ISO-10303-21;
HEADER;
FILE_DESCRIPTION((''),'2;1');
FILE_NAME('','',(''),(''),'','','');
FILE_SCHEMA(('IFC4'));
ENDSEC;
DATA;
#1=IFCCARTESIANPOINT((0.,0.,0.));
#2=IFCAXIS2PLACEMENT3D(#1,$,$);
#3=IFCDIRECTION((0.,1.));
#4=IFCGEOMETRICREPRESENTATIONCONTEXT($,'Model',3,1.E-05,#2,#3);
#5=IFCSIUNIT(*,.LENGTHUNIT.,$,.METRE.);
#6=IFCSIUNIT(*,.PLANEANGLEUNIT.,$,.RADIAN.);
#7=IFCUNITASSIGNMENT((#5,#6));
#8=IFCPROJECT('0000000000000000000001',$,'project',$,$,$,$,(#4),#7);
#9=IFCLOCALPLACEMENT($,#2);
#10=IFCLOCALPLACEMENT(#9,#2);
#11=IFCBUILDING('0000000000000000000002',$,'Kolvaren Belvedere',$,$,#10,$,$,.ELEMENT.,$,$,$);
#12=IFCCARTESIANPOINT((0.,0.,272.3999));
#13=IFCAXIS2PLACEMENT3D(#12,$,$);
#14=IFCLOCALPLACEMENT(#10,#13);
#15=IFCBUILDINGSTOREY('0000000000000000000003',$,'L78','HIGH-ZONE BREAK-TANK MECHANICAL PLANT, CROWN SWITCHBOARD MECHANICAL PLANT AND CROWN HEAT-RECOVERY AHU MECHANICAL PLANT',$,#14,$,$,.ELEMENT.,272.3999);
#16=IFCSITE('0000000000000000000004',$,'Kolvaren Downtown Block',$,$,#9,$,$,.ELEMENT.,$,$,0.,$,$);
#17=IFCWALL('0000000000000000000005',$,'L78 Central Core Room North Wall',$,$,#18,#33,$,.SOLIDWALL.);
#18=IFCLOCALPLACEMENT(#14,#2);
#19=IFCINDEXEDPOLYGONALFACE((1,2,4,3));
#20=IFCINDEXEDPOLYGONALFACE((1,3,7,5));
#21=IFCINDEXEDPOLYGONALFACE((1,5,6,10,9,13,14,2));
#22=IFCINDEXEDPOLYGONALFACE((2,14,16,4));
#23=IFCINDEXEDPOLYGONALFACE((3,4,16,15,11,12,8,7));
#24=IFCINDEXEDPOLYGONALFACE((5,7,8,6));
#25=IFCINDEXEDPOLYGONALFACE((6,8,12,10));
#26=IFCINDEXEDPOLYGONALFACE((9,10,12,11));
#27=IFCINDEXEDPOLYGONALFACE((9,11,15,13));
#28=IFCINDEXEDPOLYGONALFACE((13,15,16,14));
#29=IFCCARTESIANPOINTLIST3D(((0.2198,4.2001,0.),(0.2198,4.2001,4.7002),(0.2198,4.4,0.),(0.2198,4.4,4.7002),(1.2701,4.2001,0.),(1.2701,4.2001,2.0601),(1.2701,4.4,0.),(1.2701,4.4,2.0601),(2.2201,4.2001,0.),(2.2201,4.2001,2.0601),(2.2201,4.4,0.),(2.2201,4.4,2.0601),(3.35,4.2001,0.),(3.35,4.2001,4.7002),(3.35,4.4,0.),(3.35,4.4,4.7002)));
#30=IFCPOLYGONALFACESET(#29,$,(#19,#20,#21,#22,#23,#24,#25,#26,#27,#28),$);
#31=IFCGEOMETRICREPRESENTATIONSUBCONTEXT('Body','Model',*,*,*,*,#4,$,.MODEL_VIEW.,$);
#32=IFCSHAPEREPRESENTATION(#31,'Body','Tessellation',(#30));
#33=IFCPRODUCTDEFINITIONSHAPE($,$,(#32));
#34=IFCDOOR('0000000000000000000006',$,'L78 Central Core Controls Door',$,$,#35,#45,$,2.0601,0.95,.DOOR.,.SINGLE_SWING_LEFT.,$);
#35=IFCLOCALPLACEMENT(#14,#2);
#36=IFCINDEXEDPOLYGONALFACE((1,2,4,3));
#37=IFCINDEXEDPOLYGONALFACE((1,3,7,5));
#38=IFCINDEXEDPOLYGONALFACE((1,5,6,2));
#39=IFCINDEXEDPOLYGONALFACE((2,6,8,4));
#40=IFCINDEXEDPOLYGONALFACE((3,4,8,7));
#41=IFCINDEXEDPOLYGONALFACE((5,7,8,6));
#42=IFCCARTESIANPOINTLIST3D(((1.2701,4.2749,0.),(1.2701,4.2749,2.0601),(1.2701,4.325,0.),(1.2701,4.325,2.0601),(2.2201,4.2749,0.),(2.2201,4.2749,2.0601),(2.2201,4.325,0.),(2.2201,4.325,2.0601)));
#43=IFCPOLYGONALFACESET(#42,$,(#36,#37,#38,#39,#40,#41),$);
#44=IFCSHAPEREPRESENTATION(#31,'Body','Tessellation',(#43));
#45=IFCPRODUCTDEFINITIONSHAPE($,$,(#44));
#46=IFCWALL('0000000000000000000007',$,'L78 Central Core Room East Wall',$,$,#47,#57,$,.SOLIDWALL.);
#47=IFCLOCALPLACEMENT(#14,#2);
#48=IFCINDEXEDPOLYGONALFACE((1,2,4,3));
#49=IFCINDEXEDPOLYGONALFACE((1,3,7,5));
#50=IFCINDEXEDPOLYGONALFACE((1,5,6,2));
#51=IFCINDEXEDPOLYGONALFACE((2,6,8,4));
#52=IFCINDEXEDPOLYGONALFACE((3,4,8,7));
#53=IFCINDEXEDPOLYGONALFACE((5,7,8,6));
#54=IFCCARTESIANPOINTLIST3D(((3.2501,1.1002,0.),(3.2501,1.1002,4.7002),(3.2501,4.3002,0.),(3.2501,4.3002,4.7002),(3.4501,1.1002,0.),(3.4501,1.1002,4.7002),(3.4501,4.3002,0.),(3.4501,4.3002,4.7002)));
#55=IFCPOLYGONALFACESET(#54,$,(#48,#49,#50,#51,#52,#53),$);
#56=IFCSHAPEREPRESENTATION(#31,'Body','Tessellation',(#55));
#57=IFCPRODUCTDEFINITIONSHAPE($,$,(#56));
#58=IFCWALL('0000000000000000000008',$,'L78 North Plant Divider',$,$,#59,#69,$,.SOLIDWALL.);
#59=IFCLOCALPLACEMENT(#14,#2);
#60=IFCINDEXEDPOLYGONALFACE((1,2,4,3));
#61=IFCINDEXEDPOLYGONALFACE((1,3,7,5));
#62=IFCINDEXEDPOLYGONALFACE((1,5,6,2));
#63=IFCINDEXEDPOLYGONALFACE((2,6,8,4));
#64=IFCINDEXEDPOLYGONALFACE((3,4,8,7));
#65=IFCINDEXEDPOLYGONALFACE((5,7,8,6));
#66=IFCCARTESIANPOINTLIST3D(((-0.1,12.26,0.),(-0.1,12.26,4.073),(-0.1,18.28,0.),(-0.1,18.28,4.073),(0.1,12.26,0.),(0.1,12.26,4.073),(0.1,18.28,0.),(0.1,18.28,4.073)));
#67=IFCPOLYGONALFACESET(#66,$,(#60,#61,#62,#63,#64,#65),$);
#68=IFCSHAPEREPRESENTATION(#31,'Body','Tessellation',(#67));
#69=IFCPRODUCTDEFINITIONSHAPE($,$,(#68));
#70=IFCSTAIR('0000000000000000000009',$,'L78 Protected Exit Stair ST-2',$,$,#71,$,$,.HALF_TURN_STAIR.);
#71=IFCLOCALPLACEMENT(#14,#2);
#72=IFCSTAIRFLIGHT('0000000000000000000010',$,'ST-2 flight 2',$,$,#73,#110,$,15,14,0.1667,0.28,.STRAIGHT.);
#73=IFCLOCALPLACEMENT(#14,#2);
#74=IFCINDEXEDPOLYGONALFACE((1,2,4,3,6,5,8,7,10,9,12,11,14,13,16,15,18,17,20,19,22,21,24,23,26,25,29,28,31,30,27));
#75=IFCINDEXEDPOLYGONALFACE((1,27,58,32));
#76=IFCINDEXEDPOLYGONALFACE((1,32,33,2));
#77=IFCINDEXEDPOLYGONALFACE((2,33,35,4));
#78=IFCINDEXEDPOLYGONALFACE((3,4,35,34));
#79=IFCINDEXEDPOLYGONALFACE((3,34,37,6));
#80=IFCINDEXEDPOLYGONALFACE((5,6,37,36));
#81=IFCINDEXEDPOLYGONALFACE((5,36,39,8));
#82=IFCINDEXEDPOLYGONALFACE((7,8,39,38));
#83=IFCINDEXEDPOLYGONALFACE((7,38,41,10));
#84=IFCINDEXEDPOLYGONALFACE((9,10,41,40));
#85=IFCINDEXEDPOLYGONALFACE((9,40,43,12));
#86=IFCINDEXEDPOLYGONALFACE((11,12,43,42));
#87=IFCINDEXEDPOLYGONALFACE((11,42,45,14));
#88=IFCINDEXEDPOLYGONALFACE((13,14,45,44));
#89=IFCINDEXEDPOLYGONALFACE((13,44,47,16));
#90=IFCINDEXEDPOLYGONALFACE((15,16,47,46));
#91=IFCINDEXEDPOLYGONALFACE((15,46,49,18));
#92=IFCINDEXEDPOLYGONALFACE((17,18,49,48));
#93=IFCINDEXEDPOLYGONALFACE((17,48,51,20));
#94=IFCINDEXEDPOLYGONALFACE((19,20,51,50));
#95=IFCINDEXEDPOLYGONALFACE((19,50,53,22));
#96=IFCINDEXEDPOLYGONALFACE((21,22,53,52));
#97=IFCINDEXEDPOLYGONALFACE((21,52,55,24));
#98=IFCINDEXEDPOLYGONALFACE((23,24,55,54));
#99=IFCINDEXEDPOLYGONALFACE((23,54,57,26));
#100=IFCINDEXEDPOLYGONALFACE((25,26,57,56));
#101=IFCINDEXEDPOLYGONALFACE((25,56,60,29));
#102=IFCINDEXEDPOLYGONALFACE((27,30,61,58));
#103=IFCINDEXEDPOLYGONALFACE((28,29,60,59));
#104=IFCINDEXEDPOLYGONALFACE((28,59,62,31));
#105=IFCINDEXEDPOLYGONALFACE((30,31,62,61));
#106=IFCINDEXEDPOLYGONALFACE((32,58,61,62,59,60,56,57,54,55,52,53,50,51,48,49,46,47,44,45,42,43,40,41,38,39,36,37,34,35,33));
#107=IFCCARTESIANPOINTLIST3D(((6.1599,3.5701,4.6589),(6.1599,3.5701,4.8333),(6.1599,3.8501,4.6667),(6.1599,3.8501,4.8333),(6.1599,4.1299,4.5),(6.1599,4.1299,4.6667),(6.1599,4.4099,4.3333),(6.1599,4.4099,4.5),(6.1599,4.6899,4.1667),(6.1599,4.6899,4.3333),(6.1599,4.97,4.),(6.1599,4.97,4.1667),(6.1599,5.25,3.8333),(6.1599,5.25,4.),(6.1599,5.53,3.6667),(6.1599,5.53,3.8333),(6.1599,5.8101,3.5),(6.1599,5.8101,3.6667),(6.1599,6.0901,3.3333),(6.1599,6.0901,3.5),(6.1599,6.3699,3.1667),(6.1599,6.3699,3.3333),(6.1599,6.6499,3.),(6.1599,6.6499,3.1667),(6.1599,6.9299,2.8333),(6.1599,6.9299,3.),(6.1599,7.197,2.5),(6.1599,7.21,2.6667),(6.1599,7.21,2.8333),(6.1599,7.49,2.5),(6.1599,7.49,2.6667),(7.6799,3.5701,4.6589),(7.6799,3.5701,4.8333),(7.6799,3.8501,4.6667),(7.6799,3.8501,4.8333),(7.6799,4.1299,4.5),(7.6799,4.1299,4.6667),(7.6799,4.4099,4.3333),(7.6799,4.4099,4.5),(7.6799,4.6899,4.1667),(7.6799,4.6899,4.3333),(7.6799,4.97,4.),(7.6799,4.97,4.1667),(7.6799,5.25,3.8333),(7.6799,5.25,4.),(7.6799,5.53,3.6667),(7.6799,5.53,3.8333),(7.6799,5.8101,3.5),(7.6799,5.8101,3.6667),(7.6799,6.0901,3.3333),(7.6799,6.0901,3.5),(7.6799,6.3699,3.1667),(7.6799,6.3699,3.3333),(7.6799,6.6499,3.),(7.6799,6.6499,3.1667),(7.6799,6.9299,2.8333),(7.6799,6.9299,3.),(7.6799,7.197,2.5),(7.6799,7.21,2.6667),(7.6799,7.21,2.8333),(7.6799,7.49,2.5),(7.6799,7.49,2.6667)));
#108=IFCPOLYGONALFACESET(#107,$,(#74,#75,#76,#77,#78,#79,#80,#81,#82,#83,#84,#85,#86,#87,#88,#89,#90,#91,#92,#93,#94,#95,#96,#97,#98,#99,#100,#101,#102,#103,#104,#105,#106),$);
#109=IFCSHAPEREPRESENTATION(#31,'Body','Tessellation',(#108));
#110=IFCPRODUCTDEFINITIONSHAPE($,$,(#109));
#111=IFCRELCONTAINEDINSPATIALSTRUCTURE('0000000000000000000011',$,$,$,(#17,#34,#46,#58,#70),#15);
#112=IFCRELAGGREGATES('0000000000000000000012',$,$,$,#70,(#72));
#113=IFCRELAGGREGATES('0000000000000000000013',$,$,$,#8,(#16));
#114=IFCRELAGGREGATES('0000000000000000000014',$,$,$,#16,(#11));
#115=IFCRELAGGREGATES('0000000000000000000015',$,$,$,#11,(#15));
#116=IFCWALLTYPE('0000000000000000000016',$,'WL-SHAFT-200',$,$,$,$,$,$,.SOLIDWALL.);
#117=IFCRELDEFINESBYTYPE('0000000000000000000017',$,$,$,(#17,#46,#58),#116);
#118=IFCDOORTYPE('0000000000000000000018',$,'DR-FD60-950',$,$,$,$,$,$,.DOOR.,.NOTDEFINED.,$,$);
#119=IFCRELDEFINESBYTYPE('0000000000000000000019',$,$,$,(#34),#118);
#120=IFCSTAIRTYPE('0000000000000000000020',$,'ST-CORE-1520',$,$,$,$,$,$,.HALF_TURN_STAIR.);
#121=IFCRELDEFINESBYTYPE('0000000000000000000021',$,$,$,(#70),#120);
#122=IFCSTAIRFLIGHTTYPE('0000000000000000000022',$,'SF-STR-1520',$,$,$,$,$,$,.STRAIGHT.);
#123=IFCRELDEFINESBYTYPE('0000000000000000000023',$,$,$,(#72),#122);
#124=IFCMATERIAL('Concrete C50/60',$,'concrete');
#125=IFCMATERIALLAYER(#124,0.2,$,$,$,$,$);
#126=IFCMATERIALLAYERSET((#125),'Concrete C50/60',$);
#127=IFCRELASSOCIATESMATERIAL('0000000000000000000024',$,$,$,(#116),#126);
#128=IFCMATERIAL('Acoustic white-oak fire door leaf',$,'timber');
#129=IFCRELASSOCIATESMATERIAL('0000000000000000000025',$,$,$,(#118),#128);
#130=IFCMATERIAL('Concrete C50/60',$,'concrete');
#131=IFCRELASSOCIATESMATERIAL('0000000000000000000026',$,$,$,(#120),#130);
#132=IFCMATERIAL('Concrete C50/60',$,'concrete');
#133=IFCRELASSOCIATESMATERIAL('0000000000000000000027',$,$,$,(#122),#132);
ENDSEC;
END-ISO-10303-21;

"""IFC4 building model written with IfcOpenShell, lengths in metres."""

from ifc_helpers import new_model, si_unit, direction, frame, frame_2d, origin, place, context, subcontext, project, spatial, polyline, rectangle, outline, extrude, material, layer, layer_set, type_object, element, fill, aggregate, save


model = new_model("IFC4")

# Units and contexts
model_context = context("Model", 3, precision=1e-05, world=origin(), true_north=direction((0.0, 1.0)))
body_context = subcontext(model_context, "Body", "Model", "MODEL_VIEW")
ifc_project = project(units=[si_unit("LENGTHUNIT", "METRE"), si_unit("PLANEANGLEUNIT", "RADIAN")], contexts=[model_context])

# Site, building, storey
site_placement = place(None, origin())
site = spatial("IfcSite", under=ifc_project, at=site_placement, Name="Kolvaren Downtown Block", CompositionType="ELEMENT", RefElevation=0.0)
building_placement = place(site_placement, origin())
building = spatial("IfcBuilding", under=site, at=building_placement, Name="Kolvaren Belvedere", CompositionType="ELEMENT")
storey_placement = place(building_placement, frame((0.0, 0.0, 272.3999)))
storey = spatial("IfcBuildingStorey", under=building, at=storey_placement, Name="L78", Description="HIGH-ZONE BREAK-TANK MECHANICAL PLANT, CROWN SWITCHBOARD MECHANICAL PLANT AND CROWN HEAT-RECOVERY AHU MECHANICAL PLANT", CompositionType="ELEMENT", Elevation=272.3999)

# Shared definitions
ifc_material_1 = material(Name="Concrete C50/60", Category="concrete")
ifc_layer_1 = layer(ifc_material_1, 0.2)
ifc_layer_set_1 = layer_set([ifc_layer_1], Name="Concrete C50/60")
wall_type_1 = type_object("IfcWallType", Name="WL-SHAFT-200", PredefinedType="SOLIDWALL", material=ifc_layer_set_1)

# Wall, opening, door
wall_1_placement = place(storey_placement, frame((0.22, 4.3, 0.0), z_axis=(0.0, 0.0, 1.0), x_axis=(1.0, 0.0, 0.0)))
wall_1 = element("IfcWall", 1, at=wall_1_placement, inside=storey, type_object=wall_type_1, Name="L78 Central Core Room North Wall", PredefinedType="SOLIDWALL", context=body_context, shape_type="SweptSolid", body=[
    extrude(rectangle(XDim=3.1301, YDim=0.2, at=frame_2d((1.5649, 0.0))), origin(), (0.0, 0.0, 1.0), 4.7002),
])
opening_1_placement = place(wall_1_placement, frame((1.05, 0.0, 0.0)))
opening_1 = element("IfcOpeningElement", 2, at=opening_1_placement, cuts=wall_1, PredefinedType="OPENING", context=body_context, shape_type="SweptSolid", body=[
    extrude(rectangle(XDim=0.95, YDim=2.0601, at=frame_2d((0.4751, 1.03))), frame((0.0, 0.1099, 0.0), z_axis=(0.0, -1.0, 0.0), x_axis=(1.0, 0.0, 0.0)), (0.0, 0.0, 1.0), 0.22),
])
ifc_material_2 = material(Name="Acoustic white-oak fire door leaf", Category="timber")
door_type_1 = type_object("IfcDoorType", Name="DR-FD60-950", OperationType="NOTDEFINED", PredefinedType="DOOR", material=ifc_material_2)
door_1_placement = place(opening_1_placement, origin())
door_1 = element("IfcDoor", 3, at=door_1_placement, inside=storey, type_object=door_type_1, Name="L78 Central Core Controls Door", OperationType="SINGLE_SWING_LEFT", OverallHeight=2.0601, OverallWidth=0.95, PredefinedType="DOOR", context=body_context, shape_type="SweptSolid", body=[
    extrude(rectangle(XDim=0.95, YDim=2.0601, at=frame_2d((0.4751, 1.03))), frame((0.0, 0.0249, 0.0), z_axis=(0.0, -1.0, 0.0), x_axis=(1.0, 0.0, 0.0)), (0.0, 0.0, 1.0), 0.05),
])
fill(opening_1, door_1)

# Walls
wall_2_placement = place(storey_placement, frame((3.3501, 1.1001, 0.0), z_axis=(0.0, 0.0, 1.0), x_axis=(0.0, 1.0, 0.0)))
element("IfcWall", 4, at=wall_2_placement, inside=storey, type_object=wall_type_1, Name="L78 Central Core Room East Wall", PredefinedType="SOLIDWALL", context=body_context, shape_type="SweptSolid", body=[
    extrude(rectangle(XDim=3.2, YDim=0.2, at=frame_2d((1.6001, 0.0))), origin(), (0.0, 0.0, 1.0), 4.7002),
])
wall_3_placement = place(storey_placement, frame((0.0, 12.26, 0.0), z_axis=(0.0, 0.0, 1.0), x_axis=(0.0, 1.0, 0.0)))
element("IfcWall", 5, at=wall_3_placement, inside=storey, type_object=wall_type_1, Name="L78 North Plant Divider", PredefinedType="SOLIDWALL", context=body_context, shape_type="SweptSolid", body=[
    extrude(rectangle(XDim=6.02, YDim=0.2, at=frame_2d((3.01, 0.0))), origin(), (0.0, 0.0, 1.0), 4.073),
])

# Stair, stair flight
ifc_material_3 = material(Name="Concrete C50/60", Category="concrete")
stair_type = type_object("IfcStairType", Name="ST-CORE-1520", PredefinedType="HALF_TURN_STAIR", material=ifc_material_3)
stair_placement = place(storey_placement, origin())
stair = element("IfcStair", 6, at=stair_placement, inside=storey, type_object=stair_type, Name="L78 Protected Exit Stair ST-2", PredefinedType="HALF_TURN_STAIR")
ifc_material_4 = material(Name="Concrete C50/60", Category="concrete")
stair_flight_type = type_object("IfcStairFlightType", Name="SF-STR-1520", PredefinedType="STRAIGHT", material=ifc_material_4)
stair_flight_placement = place(storey_placement, frame((6.9199, 7.49, 2.5), z_axis=(0.0, 0.0, 1.0), x_axis=(0.0, -1.0, 0.0)))
stair_flight = element("IfcStairFlight", 7, at=stair_flight_placement, type_object=stair_flight_type, Name="ST-2 flight 2", NumberOfRisers=15, NumberOfTreads=14, PredefinedType="STRAIGHT", RiserHeight=0.1667, TreadLength=0.28, context=body_context, shape_type="SweptSolid", body=[
    extrude(outline(polyline([(0.0, 0.0), (0.0, 0.1667), (0.28, 0.1667), (0.28, 0.3333), (0.5601, 0.3333), (0.5601, 0.5), (0.8401, 0.5), (0.8401, 0.6667), (1.1201, 0.6667), (1.1201, 0.8333), (1.3999, 0.8333), (1.3999, 1.0), (1.6799, 1.0), (1.6799, 1.1667), (1.96, 1.1667), (1.96, 1.3333), (2.24, 1.3333), (2.24, 1.5), (2.52, 1.5), (2.52, 1.6667), (2.8, 1.6667), (2.8, 1.8333), (3.0801, 1.8333), (3.0801, 2.0), (3.3601, 2.0), (3.3601, 2.1667), (3.6399, 2.1667), (3.6399, 2.3333), (3.9199, 2.3333), (3.9199, 2.5), (3.9199, 2.1589), (0.293, 0.0), (0.0, 0.0)])), frame((0.0, 0.76, 0.0), z_axis=(0.0, -1.0, 0.0), x_axis=(1.0, 0.0, 0.0)), (0.0, 0.0, 1.0), 1.52),
])
aggregate(stair, [stair_flight])

save(model, "model.ifc")
